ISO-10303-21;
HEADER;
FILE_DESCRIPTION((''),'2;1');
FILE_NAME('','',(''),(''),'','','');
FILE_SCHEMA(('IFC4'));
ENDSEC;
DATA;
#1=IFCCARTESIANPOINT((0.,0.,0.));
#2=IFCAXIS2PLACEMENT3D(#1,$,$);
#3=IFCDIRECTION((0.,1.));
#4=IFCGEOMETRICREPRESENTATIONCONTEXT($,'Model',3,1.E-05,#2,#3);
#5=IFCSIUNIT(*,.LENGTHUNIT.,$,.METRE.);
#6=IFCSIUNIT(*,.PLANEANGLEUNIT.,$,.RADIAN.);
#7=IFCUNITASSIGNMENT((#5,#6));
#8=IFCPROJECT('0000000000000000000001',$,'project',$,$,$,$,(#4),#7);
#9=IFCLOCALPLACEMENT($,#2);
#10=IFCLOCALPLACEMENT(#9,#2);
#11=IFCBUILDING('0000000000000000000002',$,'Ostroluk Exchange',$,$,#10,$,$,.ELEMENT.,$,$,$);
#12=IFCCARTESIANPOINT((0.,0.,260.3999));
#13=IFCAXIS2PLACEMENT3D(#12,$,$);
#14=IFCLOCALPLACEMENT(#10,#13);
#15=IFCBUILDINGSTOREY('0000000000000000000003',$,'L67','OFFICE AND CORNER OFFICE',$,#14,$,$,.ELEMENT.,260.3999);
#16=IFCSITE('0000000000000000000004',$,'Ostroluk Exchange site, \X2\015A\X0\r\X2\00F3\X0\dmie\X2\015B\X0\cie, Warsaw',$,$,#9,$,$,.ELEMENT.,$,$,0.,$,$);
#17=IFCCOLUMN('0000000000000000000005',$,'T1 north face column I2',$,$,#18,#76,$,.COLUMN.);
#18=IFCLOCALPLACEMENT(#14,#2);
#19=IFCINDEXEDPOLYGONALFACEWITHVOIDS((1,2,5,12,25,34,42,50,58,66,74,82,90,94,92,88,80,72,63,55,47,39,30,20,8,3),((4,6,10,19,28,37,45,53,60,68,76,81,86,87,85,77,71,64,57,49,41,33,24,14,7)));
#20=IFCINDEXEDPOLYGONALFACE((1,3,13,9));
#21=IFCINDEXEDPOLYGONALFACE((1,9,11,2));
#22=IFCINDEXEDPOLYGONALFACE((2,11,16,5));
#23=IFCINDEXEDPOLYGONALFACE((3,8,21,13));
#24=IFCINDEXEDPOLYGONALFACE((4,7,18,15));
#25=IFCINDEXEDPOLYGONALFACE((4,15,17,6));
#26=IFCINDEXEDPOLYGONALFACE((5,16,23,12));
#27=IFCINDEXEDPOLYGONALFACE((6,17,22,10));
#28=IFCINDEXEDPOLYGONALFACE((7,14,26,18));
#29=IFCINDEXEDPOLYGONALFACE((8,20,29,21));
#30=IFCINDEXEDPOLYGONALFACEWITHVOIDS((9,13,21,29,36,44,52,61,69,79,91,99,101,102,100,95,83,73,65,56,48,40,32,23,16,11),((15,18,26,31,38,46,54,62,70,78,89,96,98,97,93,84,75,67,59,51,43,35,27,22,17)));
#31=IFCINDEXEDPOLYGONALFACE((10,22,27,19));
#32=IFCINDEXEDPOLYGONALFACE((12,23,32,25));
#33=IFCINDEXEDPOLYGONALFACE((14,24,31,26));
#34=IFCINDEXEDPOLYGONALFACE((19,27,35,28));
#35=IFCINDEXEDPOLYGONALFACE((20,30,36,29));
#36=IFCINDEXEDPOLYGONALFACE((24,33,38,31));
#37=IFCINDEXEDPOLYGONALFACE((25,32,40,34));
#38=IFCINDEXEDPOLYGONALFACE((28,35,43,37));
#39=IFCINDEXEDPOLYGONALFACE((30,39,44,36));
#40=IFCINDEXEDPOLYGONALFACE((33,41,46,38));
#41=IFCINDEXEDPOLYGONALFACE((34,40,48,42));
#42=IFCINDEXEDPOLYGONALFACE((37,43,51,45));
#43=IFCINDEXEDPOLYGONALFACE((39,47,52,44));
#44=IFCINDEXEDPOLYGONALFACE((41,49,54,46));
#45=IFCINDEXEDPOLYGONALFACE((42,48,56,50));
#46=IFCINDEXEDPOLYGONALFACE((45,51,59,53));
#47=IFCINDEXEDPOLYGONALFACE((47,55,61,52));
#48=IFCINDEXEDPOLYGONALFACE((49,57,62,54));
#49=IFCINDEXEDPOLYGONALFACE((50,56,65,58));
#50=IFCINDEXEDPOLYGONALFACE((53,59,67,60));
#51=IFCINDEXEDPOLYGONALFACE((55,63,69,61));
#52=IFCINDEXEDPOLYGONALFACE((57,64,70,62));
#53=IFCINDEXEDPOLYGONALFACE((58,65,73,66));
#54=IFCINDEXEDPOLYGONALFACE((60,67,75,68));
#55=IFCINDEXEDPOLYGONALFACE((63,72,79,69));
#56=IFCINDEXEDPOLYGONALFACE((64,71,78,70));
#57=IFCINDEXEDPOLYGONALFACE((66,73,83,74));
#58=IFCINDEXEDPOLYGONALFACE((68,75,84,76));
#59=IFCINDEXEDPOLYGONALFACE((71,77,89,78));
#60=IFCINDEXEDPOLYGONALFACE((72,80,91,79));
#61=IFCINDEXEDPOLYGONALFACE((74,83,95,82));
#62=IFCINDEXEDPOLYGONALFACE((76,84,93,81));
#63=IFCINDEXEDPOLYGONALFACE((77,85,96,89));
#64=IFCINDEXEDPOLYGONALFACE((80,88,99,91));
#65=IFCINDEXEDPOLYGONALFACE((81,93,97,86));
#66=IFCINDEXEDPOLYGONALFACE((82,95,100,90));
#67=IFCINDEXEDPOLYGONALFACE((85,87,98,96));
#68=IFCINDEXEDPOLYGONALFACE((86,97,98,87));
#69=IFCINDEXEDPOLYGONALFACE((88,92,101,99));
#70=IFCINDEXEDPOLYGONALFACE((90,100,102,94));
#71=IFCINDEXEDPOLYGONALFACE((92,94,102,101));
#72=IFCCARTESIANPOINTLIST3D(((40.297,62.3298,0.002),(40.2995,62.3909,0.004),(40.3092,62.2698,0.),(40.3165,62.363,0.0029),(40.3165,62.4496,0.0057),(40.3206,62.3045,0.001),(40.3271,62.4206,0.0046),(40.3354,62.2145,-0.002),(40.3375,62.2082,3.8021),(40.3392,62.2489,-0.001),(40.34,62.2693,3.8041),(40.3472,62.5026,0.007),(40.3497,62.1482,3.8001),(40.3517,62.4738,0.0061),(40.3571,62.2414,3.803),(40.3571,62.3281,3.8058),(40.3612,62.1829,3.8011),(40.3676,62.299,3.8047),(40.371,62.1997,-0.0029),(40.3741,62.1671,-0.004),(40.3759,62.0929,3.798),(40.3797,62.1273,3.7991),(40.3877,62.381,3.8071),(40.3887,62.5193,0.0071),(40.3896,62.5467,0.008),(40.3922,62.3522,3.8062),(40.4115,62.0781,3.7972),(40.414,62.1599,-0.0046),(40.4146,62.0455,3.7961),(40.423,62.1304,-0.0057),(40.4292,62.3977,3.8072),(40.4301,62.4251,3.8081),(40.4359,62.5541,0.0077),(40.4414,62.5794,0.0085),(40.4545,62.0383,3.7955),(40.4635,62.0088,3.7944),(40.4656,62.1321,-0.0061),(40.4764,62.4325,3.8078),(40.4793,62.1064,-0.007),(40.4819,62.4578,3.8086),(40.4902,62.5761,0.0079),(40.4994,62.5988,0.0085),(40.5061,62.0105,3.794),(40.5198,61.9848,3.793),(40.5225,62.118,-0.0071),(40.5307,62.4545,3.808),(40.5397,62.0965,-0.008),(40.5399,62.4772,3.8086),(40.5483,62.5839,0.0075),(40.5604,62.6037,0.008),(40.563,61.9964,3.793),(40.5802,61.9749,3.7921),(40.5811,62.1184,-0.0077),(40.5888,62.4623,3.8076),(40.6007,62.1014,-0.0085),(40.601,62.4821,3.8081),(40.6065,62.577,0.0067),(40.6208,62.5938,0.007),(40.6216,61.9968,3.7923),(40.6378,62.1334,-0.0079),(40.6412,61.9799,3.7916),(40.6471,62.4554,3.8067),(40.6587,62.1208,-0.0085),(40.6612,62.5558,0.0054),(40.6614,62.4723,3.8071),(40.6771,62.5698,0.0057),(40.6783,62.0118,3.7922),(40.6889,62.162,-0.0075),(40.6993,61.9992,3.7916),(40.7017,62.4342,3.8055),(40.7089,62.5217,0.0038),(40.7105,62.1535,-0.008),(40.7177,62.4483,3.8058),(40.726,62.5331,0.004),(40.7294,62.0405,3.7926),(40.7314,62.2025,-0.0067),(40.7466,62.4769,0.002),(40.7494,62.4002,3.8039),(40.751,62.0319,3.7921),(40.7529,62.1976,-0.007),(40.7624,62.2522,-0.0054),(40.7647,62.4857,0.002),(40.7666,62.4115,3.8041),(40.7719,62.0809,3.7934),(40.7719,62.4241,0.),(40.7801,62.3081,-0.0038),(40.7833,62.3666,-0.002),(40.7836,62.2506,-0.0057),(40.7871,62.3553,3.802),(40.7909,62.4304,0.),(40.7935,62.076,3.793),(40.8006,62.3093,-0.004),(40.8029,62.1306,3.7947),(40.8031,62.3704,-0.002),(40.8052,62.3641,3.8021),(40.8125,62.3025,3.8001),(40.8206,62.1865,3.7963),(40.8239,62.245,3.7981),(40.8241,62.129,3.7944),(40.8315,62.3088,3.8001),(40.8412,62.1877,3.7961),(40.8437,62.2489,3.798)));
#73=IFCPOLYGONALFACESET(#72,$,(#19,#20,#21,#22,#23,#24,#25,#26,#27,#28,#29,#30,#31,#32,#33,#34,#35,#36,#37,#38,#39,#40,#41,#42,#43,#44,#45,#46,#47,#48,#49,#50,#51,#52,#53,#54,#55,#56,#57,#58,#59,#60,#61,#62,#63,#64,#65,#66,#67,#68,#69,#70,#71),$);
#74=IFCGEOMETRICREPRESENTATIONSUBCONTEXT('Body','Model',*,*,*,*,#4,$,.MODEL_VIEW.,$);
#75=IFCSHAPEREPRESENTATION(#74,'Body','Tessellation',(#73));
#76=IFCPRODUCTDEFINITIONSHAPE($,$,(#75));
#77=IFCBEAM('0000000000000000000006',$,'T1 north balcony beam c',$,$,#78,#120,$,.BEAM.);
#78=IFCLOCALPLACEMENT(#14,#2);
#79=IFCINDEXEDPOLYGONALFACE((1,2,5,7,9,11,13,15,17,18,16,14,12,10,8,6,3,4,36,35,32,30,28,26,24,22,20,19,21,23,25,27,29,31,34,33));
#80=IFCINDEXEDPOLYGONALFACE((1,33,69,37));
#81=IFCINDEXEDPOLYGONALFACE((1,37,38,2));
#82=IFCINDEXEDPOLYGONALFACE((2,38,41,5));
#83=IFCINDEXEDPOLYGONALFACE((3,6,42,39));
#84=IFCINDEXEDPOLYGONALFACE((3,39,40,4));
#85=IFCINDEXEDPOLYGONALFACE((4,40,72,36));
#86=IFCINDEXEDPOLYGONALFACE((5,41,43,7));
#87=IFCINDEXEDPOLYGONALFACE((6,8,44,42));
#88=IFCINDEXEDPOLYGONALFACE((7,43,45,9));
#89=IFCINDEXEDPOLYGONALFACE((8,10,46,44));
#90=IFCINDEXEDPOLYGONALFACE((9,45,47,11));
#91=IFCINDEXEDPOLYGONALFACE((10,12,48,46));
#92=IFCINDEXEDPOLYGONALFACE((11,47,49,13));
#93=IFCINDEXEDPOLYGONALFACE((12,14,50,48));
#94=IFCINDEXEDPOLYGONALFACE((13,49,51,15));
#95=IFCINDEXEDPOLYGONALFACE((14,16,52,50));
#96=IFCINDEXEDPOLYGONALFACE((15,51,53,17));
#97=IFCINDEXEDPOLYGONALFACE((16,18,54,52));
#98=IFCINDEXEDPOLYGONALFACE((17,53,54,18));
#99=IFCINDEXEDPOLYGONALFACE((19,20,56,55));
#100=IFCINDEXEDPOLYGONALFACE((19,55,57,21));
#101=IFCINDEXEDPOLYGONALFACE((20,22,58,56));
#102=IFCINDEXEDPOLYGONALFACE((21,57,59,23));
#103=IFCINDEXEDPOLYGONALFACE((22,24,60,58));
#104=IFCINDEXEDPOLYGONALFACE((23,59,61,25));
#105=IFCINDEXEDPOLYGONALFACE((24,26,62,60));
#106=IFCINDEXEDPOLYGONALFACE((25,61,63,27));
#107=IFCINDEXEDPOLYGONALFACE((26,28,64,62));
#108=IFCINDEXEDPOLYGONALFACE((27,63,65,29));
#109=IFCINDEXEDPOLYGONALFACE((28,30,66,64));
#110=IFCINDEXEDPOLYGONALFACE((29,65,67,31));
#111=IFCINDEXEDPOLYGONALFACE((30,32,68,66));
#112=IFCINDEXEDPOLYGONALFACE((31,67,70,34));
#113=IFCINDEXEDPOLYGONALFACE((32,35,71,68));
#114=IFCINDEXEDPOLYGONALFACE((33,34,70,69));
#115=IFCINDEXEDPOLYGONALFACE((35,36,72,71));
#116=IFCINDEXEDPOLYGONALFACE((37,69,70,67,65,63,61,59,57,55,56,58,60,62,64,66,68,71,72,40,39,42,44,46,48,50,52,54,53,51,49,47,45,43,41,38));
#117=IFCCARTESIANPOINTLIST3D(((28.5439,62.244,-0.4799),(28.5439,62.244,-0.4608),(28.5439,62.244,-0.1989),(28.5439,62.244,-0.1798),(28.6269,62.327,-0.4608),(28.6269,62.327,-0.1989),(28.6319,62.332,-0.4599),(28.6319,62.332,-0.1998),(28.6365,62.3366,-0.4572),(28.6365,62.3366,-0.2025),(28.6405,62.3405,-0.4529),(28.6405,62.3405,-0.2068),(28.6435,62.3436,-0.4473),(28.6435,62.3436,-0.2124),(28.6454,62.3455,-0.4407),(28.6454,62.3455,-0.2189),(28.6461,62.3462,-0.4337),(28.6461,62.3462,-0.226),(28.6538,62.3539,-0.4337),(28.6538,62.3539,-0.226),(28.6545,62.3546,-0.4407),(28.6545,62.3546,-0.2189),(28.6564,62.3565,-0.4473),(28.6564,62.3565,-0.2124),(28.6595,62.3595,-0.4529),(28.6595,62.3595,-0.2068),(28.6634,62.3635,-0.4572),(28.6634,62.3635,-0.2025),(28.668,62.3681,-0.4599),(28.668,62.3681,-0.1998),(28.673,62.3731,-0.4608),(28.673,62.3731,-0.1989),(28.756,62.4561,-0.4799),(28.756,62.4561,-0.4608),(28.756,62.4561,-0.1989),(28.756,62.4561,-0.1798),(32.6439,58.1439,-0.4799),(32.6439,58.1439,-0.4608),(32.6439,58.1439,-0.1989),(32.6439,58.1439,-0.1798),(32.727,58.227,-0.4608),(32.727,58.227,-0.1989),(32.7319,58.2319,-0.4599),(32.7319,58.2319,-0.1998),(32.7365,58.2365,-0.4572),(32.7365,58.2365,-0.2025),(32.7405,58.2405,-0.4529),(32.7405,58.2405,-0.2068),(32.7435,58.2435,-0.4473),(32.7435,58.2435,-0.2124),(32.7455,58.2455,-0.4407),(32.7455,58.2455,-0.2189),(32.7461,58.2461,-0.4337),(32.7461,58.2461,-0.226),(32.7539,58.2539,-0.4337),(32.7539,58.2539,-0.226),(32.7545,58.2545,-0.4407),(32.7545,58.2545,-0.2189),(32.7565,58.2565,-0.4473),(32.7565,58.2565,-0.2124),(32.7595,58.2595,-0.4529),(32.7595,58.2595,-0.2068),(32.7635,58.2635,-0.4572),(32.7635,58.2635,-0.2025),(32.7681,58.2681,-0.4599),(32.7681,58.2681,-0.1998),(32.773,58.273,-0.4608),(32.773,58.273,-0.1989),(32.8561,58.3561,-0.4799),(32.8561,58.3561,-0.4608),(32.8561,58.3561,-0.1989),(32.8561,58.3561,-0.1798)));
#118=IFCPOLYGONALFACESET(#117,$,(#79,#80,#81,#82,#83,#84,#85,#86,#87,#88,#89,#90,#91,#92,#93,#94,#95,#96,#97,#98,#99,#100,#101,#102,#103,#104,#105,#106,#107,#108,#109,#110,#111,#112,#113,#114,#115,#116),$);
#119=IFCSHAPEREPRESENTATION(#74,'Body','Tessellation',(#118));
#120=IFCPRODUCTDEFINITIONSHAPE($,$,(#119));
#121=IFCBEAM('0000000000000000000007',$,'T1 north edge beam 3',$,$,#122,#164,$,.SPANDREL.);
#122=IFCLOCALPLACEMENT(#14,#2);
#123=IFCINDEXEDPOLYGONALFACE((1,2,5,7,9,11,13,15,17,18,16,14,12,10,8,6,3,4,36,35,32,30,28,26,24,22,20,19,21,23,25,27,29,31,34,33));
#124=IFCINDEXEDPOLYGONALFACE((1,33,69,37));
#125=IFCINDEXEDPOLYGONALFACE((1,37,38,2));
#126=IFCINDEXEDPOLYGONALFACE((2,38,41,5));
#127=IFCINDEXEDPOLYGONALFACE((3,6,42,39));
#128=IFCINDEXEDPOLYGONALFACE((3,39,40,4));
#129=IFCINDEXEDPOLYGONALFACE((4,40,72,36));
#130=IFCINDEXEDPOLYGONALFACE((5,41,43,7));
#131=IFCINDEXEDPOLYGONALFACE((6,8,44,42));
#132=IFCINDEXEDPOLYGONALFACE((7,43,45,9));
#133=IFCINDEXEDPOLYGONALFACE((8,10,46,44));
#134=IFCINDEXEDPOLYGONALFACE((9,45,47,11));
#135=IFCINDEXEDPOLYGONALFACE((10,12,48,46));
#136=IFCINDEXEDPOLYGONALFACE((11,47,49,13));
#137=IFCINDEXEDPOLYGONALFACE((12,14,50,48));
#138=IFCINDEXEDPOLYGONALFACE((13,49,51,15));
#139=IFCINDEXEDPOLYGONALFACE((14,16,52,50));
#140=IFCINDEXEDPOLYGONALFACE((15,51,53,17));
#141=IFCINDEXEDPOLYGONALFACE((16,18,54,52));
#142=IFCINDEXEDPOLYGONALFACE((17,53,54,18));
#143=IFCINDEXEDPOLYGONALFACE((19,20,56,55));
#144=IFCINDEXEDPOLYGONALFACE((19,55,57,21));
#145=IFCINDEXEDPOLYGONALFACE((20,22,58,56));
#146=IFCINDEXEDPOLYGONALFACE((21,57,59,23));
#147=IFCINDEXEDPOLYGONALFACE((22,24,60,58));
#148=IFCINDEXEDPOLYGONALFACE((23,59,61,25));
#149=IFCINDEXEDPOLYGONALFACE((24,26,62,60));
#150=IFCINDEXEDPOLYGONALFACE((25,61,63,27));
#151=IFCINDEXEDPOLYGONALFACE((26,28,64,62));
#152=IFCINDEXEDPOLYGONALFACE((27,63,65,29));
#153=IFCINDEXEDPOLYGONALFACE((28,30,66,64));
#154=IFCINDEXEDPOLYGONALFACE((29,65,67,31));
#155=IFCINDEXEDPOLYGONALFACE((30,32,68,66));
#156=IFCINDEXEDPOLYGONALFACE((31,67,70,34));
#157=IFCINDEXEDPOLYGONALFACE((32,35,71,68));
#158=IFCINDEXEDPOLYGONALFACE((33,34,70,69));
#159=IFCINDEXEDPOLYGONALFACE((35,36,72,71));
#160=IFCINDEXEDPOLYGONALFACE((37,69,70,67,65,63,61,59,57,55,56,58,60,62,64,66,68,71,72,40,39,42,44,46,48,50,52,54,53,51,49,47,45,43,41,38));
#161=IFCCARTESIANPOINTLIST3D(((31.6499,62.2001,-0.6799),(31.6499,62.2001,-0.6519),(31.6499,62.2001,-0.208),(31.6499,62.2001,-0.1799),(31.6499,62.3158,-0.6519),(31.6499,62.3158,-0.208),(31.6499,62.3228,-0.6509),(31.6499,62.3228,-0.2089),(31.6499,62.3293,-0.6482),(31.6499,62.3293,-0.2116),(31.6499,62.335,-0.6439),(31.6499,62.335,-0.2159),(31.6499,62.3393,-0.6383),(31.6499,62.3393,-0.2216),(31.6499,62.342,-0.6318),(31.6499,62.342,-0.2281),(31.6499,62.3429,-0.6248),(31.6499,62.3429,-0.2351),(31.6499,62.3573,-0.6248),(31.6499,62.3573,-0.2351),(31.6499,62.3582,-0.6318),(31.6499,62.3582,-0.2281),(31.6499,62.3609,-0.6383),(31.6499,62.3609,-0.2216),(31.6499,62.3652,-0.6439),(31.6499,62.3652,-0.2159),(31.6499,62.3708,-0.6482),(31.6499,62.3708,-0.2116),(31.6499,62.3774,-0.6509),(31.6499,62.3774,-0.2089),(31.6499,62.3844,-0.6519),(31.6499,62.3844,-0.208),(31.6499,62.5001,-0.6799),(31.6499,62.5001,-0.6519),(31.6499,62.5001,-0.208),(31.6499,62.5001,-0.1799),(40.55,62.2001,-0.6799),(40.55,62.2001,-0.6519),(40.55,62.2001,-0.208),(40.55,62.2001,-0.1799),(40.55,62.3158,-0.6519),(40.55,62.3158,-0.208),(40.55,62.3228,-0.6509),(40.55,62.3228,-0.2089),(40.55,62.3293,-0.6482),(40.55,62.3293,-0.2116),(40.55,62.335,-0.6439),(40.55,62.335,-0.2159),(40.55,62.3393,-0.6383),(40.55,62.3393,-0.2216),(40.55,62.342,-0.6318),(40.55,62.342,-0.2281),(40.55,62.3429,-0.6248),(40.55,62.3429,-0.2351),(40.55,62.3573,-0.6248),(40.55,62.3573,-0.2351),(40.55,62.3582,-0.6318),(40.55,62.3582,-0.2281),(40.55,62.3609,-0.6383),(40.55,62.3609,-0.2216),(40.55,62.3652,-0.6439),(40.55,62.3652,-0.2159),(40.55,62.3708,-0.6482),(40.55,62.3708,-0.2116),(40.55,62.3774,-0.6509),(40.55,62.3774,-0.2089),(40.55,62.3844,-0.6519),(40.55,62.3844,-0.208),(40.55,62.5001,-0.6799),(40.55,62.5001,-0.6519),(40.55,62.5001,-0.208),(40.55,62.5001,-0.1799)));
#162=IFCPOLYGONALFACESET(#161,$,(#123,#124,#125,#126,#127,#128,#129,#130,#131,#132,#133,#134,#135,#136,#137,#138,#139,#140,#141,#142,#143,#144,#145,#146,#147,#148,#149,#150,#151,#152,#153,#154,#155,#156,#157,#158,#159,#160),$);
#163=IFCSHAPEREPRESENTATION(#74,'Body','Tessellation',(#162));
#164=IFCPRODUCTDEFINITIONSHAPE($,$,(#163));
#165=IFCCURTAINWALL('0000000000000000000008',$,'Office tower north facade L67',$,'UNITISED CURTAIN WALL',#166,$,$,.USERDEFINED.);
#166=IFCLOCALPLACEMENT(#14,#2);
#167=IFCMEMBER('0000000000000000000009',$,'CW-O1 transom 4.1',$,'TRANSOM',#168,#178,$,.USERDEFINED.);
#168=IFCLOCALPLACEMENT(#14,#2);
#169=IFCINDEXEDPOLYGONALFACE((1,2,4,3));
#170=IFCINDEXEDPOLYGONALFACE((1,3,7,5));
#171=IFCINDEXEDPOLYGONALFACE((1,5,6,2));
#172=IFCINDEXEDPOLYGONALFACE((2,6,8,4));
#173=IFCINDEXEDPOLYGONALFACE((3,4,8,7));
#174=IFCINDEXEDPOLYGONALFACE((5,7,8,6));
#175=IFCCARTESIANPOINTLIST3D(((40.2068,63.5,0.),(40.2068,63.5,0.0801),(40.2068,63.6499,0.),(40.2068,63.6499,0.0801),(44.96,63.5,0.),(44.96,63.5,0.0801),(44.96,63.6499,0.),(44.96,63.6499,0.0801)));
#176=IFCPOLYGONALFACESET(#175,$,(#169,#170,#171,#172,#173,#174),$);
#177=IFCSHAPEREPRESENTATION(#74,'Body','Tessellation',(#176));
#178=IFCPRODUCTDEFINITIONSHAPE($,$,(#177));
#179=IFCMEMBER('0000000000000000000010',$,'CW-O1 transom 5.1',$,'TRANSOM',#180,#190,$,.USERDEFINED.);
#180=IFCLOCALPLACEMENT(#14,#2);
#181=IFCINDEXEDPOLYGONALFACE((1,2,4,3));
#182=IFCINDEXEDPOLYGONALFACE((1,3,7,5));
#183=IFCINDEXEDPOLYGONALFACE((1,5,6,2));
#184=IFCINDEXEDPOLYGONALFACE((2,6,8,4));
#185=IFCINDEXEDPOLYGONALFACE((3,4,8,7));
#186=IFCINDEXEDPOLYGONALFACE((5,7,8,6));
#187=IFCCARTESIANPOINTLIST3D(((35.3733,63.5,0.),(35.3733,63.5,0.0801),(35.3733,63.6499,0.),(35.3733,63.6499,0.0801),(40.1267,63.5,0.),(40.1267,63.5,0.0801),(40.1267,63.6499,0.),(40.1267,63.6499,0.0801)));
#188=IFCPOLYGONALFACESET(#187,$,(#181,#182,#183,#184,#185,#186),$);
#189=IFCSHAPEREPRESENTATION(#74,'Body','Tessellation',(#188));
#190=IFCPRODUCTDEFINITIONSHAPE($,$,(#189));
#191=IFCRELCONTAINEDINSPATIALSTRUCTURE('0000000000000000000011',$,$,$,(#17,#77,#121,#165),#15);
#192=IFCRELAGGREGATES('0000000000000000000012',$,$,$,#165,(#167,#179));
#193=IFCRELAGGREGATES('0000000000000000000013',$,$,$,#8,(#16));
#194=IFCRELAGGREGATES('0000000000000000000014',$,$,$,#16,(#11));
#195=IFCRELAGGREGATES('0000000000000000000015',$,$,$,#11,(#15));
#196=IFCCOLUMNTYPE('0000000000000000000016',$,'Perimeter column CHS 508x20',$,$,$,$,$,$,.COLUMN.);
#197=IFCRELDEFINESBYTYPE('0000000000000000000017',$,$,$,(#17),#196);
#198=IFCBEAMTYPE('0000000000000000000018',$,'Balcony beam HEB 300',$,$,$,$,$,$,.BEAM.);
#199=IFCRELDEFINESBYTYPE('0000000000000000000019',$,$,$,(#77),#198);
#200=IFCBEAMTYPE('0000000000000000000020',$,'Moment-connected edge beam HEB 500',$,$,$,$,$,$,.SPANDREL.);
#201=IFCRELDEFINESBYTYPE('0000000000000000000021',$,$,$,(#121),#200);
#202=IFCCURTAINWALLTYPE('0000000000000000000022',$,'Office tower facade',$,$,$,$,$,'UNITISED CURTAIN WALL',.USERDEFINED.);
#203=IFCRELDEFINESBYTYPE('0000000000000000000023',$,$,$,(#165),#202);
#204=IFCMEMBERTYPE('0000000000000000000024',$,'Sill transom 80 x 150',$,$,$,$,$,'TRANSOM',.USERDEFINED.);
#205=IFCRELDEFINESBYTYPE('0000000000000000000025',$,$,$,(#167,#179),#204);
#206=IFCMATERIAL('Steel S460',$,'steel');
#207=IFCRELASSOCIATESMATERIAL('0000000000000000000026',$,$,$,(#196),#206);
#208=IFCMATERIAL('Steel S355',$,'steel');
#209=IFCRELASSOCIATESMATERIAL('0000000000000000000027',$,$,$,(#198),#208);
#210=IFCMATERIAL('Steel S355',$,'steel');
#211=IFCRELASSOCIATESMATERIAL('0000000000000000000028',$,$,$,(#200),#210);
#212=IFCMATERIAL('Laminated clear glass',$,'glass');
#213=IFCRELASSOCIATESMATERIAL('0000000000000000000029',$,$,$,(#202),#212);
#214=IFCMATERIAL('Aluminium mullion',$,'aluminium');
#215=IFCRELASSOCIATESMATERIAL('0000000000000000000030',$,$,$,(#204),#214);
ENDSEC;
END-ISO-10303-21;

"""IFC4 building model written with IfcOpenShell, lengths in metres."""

from ifc_helpers import new_model, si_unit, direction, frame, origin, origin_2d, place, context, subcontext, project, spatial, rectangle, hollow_circle, i_section, extrude, material, material_profile, profile_set, type_object, element, aggregate, save


model = new_model("IFC4")

# Units and contexts
model_context = context("Model", 3, precision=1e-05, world=origin(), true_north=direction((0.0, 1.0)))
body_context = subcontext(model_context, "Body", "Model", "MODEL_VIEW")
ifc_project = project(units=[si_unit("LENGTHUNIT", "METRE"), si_unit("PLANEANGLEUNIT", "RADIAN")], contexts=[model_context])

# Site, building, storey
site_placement = place(None, origin())
site = spatial("IfcSite", under=ifc_project, at=site_placement, Name="Ostroluk Exchange site, Śródmieście, Warsaw", CompositionType="ELEMENT", RefElevation=0.0)
building_placement = place(site_placement, origin())
building = spatial("IfcBuilding", under=site, at=building_placement, Name="Ostroluk Exchange", CompositionType="ELEMENT")
storey_placement = place(building_placement, frame((0.0, 0.0, 260.3999)))
storey = spatial("IfcBuildingStorey", under=building, at=storey_placement, Name="L67", Description="OFFICE AND CORNER OFFICE", CompositionType="ELEMENT", Elevation=260.3999)

# Column
ifc_material_1 = material(Name="Steel S460", Category="steel")
ifc_material_profile_1 = material_profile(ifc_material_1, hollow_circle(Radius=0.2539, WallThickness=0.02, at=origin_2d()), Name="CHS 508x20")
ifc_profile_set_1 = profile_set([ifc_material_profile_1], Name="Steel S460")
column_type = type_object("IfcColumnType", Name="Perimeter column CHS 508x20", PredefinedType="COLUMN", material=ifc_profile_set_1)
column_placement = place(storey_placement, frame((40.55, 62.3501, 0.0), z_axis=(0.010659, -0.031977, 0.999432), x_axis=(0.948683, 0.316228, 0.0)))
element("IfcColumn", 1, at=column_placement, inside=storey, type_object=column_type, Name="T1 north face column I2", PredefinedType="COLUMN", context=body_context, shape_type="SweptSolid", body=[
    extrude(hollow_circle(Radius=0.2539, WallThickness=0.02, at=origin_2d()), origin(), (0.0, 0.0, 1.0), 3.8022),
])

# Beams
ifc_material_2 = material(Name="Steel S355", Category="steel")
ifc_material_profile_2 = material_profile(ifc_material_2, i_section(OverallWidth=0.3, OverallDepth=0.3, WebThickness=0.011, FlangeThickness=0.019, FilletRadius=0.0271, at=origin_2d()), Name="HEB 300")
ifc_profile_set_2 = profile_set([ifc_material_profile_2], Name="Steel S355")
beam_type_1 = type_object("IfcBeamType", Name="Balcony beam HEB 300", PredefinedType="BEAM", material=ifc_profile_set_2)
beam_1_placement = place(storey_placement, frame((32.75, 58.25, -0.3298), z_axis=(-0.707107, 0.707107, 0.0), x_axis=(-0.707107, -0.707107, 0.0)))
element("IfcBeam", 2, at=beam_1_placement, inside=storey, type_object=beam_type_1, Name="T1 north balcony beam c", PredefinedType="BEAM", context=body_context, shape_type="SweptSolid", body=[
    extrude(i_section(OverallWidth=0.3, OverallDepth=0.3, WebThickness=0.011, FlangeThickness=0.019, FilletRadius=0.0271, at=origin_2d()), origin(), (0.0, 0.0, 1.0), 5.7983),
])
ifc_material_3 = material(Name="Steel S355", Category="steel")
ifc_material_profile_3 = material_profile(ifc_material_3, i_section(OverallWidth=0.3, OverallDepth=0.5, WebThickness=0.0144, FlangeThickness=0.0281, FilletRadius=0.0271, at=origin_2d()), Name="HEB 500")
ifc_profile_set_3 = profile_set([ifc_material_profile_3], Name="Steel S355")
beam_type_2 = type_object("IfcBeamType", Name="Moment-connected edge beam HEB 500", PredefinedType="SPANDREL", material=ifc_profile_set_3)
beam_2_placement = place(storey_placement, frame((40.55, 62.3501, -0.4299), z_axis=(-1.0, 0.0, 0.0), x_axis=(0.0, -1.0, 0.0)))
element("IfcBeam", 3, at=beam_2_placement, inside=storey, type_object=beam_type_2, Name="T1 north edge beam 3", PredefinedType="SPANDREL", context=body_context, shape_type="SweptSolid", body=[
    extrude(i_section(OverallWidth=0.3, OverallDepth=0.5, WebThickness=0.0144, FlangeThickness=0.0281, FilletRadius=0.0271, at=origin_2d()), origin(), (0.0, 0.0, 1.0), 8.9001),
])

# Curtain wall, members
ifc_material_4 = material(Name="Laminated clear glass", Category="glass")
curtain_wall_type = type_object("IfcCurtainWallType", Name="Office tower facade", ElementType="UNITISED CURTAIN WALL", PredefinedType="USERDEFINED", material=ifc_material_4)
curtain_wall_placement = place(storey_placement, origin())
curtain_wall = element("IfcCurtainWall", 4, at=curtain_wall_placement, inside=storey, type_object=curtain_wall_type, Name="Office tower north facade L67", ObjectType="UNITISED CURTAIN WALL", PredefinedType="USERDEFINED")
ifc_material_5 = material(Name="Aluminium mullion", Category="aluminium")
ifc_material_profile_4 = material_profile(ifc_material_5, rectangle(XDim=0.1499, YDim=0.0801, at=origin_2d()), Name="Sill transom 80 x 150")
ifc_profile_set_4 = profile_set([ifc_material_profile_4], Name="Aluminium mullion")
member_type_1 = type_object("IfcMemberType", Name="Sill transom 80 x 150", ElementType="TRANSOM", PredefinedType="USERDEFINED", material=ifc_profile_set_4)
member_1_placement = place(storey_placement, frame((44.96, 63.575, 0.04), z_axis=(-1.0, 0.0, 0.0), x_axis=(0.0, -1.0, 0.0)))
member_1 = element("IfcMember", 5, at=member_1_placement, type_object=member_type_1, Name="CW-O1 transom 4.1", ObjectType="TRANSOM", PredefinedType="USERDEFINED", context=body_context, shape_type="SweptSolid", body=[
    extrude(rectangle(XDim=0.1499, YDim=0.0801, at=origin_2d()), origin(), (0.0, 0.0, 1.0), 4.7532),
])
member_2_placement = place(storey_placement, frame((40.1267, 63.575, 0.04), z_axis=(-1.0, 0.0, 0.0), x_axis=(0.0, -1.0, 0.0)))
member_2 = element("IfcMember", 6, at=member_2_placement, type_object=member_type_1, Name="CW-O1 transom 5.1", ObjectType="TRANSOM", PredefinedType="USERDEFINED", context=body_context, shape_type="SweptSolid", body=[
    extrude(rectangle(XDim=0.1499, YDim=0.0801, at=origin_2d()), origin(), (0.0, 0.0, 1.0), 4.7534),
])
aggregate(curtain_wall, [member_1, member_2])

save(model, "model.ifc")
